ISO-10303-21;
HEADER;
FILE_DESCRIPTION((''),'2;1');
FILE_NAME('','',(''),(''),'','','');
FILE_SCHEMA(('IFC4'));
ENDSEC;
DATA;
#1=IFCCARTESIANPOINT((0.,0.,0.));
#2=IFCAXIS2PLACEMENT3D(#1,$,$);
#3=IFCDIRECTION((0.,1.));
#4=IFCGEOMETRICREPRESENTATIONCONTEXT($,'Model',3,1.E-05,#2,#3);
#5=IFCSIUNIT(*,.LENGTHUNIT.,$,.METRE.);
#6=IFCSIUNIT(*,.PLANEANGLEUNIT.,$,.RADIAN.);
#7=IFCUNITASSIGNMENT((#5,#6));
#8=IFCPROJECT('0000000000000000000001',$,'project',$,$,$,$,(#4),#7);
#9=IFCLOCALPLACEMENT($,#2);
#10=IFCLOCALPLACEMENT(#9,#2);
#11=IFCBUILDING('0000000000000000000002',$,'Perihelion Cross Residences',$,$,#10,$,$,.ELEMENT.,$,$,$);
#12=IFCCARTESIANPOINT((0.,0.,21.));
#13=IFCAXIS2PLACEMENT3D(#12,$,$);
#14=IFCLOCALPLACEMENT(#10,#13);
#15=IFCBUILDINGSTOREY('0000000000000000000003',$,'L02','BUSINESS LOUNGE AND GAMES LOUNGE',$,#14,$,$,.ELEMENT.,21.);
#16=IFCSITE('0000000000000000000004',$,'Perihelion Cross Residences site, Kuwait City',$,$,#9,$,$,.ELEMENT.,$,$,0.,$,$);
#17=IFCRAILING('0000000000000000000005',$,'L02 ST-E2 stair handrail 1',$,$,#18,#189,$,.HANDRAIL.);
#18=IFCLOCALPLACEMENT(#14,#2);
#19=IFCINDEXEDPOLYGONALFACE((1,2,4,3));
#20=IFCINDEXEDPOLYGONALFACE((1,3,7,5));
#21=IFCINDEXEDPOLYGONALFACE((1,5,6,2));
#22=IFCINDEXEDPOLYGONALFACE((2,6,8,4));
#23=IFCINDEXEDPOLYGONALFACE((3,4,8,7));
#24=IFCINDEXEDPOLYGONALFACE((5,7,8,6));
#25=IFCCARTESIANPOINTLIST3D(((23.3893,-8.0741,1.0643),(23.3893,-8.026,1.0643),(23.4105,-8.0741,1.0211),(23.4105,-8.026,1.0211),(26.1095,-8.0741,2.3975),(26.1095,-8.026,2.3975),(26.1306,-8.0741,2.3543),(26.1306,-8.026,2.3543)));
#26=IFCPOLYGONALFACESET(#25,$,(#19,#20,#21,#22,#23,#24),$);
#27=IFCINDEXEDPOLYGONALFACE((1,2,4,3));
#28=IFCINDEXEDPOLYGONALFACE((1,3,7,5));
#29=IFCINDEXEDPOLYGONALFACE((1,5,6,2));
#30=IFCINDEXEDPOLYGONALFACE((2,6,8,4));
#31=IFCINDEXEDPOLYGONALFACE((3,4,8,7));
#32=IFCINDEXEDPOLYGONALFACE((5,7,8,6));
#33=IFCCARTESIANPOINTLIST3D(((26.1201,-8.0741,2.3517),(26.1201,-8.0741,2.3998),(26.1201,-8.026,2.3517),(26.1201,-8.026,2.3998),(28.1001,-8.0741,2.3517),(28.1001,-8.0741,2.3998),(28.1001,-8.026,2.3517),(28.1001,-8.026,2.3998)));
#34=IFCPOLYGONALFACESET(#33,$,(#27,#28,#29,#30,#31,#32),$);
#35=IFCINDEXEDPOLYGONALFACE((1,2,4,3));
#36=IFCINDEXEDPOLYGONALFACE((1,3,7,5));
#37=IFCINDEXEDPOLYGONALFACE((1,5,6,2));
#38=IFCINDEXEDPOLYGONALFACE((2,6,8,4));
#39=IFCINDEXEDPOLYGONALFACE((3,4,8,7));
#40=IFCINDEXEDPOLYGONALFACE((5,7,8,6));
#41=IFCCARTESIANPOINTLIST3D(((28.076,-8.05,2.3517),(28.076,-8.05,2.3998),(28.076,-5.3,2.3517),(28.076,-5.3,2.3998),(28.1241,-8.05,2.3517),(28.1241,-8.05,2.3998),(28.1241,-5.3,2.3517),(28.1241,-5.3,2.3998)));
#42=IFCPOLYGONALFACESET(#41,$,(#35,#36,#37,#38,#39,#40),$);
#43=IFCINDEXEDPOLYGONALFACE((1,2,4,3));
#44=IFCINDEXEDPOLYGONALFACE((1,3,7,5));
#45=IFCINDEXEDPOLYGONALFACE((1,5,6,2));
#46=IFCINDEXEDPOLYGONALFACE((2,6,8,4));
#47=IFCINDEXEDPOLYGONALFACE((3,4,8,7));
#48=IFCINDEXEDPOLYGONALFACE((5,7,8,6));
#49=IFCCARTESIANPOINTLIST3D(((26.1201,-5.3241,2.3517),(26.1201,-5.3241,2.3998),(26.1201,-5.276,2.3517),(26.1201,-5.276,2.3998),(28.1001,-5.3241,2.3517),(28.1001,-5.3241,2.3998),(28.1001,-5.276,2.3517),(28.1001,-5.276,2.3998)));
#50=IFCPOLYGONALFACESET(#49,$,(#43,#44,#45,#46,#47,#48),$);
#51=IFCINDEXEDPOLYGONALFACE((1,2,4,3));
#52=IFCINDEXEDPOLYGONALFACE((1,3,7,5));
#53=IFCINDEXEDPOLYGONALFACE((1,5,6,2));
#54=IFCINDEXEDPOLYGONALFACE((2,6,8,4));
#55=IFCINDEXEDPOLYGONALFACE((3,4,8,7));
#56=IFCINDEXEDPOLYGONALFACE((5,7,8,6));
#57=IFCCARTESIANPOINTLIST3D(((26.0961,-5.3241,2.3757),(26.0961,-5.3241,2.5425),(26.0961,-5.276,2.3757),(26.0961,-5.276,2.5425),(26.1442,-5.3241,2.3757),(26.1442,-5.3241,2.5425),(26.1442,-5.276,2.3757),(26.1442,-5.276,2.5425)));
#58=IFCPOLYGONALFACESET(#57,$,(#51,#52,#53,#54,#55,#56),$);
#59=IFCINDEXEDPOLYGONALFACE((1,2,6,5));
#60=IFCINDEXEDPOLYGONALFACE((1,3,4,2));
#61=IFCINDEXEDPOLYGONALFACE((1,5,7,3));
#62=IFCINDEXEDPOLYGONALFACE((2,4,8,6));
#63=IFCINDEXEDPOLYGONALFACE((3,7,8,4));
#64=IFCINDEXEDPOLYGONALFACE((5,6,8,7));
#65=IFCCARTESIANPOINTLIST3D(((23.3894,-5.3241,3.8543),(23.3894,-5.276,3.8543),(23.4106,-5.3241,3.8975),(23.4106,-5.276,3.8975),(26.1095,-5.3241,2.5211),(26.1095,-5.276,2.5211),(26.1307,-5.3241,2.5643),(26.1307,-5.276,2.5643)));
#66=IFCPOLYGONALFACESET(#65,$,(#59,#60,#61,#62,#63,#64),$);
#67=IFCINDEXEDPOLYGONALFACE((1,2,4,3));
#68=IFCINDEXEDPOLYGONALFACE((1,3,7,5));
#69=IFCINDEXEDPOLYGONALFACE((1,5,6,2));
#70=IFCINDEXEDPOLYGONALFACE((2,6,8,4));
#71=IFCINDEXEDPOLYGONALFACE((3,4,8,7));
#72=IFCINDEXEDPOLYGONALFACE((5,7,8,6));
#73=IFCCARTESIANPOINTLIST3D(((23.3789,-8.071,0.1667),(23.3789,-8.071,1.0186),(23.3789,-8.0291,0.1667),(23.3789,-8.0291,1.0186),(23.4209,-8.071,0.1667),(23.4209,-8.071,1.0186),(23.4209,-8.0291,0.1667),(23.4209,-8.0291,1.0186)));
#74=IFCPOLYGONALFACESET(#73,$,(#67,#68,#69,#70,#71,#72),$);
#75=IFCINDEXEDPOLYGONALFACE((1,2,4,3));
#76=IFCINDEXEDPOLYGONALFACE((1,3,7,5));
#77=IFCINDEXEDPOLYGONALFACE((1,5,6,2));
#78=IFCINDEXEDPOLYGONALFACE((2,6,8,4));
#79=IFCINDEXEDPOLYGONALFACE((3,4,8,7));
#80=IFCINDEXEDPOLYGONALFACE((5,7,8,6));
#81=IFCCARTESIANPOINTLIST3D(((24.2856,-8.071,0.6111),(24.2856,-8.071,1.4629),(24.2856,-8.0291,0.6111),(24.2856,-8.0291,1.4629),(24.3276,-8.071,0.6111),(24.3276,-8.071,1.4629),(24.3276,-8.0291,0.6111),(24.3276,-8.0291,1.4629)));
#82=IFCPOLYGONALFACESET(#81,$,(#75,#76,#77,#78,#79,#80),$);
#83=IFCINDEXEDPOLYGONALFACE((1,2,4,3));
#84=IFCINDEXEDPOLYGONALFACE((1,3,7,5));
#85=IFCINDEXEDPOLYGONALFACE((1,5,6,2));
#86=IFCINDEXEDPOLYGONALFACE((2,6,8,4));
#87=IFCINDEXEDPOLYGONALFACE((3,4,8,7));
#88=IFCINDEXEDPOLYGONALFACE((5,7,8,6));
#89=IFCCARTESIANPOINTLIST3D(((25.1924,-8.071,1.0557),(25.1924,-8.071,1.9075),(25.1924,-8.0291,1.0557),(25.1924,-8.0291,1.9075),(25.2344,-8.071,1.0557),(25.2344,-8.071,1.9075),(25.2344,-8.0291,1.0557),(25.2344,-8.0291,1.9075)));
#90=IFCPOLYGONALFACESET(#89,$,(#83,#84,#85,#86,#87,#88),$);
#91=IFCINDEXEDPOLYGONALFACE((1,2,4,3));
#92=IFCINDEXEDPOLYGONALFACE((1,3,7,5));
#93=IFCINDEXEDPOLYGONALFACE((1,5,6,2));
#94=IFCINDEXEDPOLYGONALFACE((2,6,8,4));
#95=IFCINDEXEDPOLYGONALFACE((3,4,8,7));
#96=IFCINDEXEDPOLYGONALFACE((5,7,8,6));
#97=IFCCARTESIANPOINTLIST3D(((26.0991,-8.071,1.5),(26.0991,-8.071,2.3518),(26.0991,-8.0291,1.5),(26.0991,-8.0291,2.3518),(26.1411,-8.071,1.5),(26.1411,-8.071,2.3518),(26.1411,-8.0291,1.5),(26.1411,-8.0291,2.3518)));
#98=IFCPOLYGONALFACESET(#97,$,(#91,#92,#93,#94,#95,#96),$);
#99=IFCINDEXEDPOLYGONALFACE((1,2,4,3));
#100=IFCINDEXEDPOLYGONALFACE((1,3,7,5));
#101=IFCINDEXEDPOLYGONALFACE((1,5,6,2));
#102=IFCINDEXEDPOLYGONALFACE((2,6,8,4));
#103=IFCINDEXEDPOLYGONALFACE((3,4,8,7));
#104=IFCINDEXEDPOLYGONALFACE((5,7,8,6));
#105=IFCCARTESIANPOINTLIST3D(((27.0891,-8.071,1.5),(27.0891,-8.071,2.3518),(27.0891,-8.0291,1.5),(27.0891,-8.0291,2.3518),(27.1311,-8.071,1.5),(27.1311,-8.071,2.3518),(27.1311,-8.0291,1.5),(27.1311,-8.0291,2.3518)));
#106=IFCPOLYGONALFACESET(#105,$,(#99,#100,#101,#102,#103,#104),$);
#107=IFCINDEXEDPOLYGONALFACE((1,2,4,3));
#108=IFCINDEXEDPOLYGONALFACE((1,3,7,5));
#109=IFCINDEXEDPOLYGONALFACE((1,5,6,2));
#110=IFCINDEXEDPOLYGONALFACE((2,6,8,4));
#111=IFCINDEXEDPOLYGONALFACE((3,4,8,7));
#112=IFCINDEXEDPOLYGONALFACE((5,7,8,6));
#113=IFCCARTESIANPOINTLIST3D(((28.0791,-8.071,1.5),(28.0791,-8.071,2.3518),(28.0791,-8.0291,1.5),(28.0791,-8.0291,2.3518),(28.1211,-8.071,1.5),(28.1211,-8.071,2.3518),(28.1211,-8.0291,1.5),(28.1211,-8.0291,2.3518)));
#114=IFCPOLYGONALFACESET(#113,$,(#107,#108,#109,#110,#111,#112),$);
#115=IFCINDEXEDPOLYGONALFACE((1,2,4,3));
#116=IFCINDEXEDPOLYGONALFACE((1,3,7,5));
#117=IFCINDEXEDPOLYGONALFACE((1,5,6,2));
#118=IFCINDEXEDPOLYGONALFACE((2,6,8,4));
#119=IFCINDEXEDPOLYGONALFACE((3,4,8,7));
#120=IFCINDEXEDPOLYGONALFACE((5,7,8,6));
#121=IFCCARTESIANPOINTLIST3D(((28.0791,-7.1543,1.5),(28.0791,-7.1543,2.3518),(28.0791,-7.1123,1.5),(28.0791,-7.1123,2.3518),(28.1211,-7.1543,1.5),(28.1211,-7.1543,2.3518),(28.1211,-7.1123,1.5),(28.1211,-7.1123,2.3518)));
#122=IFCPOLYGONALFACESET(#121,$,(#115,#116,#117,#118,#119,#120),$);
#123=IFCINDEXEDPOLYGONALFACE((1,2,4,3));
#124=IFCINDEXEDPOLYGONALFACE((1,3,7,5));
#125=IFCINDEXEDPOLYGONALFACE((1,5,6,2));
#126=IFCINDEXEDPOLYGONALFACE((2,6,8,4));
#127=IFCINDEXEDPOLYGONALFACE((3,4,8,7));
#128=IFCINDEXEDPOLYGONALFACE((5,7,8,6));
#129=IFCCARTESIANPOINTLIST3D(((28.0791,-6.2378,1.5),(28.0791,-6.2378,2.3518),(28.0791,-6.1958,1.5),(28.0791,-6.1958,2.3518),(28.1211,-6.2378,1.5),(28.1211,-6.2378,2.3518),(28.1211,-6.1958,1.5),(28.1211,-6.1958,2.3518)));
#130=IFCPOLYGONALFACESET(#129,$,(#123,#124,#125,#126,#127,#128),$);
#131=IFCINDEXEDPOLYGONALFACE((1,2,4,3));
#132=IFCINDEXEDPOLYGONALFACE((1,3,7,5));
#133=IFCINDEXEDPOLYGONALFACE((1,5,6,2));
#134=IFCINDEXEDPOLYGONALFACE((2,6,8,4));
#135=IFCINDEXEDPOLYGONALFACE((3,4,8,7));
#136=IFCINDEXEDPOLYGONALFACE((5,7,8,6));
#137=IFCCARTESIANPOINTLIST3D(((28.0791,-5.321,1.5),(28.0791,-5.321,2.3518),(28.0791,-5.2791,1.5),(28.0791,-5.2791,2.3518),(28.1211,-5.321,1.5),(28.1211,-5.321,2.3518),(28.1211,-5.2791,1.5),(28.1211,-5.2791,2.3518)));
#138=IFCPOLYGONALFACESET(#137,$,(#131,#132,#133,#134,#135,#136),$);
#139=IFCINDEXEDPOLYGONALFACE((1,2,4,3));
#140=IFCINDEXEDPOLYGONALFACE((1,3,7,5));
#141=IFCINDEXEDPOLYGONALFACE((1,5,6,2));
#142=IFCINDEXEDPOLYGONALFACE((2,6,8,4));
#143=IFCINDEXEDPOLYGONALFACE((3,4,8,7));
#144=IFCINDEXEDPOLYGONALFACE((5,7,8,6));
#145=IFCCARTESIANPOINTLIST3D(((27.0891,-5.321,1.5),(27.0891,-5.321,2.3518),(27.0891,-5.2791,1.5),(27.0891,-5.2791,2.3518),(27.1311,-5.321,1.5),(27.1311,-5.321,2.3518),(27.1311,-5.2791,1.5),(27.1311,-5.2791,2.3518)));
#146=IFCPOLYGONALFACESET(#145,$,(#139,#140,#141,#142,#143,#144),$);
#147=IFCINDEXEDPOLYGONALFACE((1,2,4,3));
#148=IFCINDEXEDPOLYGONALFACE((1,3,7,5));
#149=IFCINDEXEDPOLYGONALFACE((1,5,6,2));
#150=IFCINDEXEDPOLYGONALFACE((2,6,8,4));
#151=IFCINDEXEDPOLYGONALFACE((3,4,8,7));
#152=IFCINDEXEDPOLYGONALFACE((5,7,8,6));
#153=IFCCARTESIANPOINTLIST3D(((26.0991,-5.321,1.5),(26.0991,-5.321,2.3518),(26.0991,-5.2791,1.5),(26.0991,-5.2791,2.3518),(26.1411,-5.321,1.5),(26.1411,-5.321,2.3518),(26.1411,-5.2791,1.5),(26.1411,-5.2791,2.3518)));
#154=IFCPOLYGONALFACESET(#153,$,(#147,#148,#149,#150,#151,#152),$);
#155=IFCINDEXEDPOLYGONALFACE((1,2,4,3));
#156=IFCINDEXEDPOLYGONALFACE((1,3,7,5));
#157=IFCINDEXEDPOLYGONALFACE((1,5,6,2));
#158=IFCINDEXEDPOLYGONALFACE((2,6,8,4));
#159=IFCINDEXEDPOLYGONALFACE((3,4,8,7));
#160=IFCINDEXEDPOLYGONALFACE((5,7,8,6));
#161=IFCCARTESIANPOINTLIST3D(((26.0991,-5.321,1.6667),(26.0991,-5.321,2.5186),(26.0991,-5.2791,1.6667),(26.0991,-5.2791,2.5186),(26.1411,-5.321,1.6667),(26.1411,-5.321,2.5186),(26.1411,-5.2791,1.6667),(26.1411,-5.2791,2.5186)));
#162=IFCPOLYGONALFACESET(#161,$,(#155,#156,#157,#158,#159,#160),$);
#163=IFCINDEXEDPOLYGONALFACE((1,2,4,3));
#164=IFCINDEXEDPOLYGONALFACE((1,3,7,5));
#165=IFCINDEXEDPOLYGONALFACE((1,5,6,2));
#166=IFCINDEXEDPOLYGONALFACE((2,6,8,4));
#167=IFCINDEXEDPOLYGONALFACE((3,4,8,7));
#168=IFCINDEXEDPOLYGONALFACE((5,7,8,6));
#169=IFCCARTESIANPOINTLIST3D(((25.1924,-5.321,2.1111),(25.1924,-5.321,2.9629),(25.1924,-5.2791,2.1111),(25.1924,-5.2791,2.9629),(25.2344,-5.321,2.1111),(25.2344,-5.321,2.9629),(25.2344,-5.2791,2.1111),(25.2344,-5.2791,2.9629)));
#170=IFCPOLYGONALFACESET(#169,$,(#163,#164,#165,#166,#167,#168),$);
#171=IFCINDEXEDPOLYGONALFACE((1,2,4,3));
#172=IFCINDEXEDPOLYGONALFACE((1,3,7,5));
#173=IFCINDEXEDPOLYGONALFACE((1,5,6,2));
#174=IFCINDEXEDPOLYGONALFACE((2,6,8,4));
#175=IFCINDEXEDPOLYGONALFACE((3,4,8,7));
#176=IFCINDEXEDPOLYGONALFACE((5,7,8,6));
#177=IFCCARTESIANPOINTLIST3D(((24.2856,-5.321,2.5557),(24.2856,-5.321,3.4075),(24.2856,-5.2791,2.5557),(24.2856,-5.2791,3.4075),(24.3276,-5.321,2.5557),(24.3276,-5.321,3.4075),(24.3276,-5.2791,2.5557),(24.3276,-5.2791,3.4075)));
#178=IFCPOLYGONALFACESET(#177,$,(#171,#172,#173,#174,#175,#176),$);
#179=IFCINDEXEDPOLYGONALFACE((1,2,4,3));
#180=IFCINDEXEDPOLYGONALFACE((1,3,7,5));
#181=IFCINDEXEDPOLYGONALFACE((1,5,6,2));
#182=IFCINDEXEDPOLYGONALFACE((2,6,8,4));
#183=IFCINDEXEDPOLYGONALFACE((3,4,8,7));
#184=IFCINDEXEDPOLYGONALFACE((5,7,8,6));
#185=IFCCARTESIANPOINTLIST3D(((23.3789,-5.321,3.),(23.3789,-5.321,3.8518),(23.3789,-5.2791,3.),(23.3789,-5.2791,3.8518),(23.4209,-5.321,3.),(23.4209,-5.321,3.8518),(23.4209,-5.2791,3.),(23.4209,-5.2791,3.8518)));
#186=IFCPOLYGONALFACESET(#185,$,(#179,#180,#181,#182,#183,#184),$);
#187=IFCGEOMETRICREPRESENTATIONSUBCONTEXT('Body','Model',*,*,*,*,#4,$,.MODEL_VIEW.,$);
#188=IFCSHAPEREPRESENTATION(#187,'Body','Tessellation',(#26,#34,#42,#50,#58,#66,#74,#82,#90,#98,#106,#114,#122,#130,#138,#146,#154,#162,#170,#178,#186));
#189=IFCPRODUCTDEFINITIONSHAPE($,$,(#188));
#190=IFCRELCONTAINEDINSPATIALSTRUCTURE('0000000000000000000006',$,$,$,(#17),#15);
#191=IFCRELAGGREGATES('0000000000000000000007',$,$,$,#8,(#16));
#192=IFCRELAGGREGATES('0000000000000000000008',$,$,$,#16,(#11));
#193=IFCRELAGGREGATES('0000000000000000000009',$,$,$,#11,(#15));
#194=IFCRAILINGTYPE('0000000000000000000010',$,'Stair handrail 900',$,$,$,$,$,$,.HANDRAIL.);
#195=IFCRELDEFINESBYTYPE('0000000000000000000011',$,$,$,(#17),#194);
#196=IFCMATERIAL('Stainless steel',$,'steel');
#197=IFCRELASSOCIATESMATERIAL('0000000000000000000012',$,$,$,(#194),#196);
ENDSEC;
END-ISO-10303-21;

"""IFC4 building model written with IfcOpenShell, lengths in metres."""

from ifc_helpers import new_model, si_unit, direction, frame, origin, origin_2d, place, context, subcontext, project, spatial, rectangle, extrude, material, type_object, element, save


model = new_model("IFC4")

# Units and contexts
model_context = context("Model", 3, precision=1e-05, world=origin(), true_north=direction((0.0, 1.0)))
body_context = subcontext(model_context, "Body", "Model", "MODEL_VIEW")
ifc_project = project(units=[si_unit("LENGTHUNIT", "METRE"), si_unit("PLANEANGLEUNIT", "RADIAN")], contexts=[model_context])

# Site, building, storey
site_placement = place(None, origin())
site = spatial("IfcSite", under=ifc_project, at=site_placement, Name="Perihelion Cross Residences site, Kuwait City", CompositionType="ELEMENT", RefElevation=0.0)
building_placement = place(site_placement, origin())
building = spatial("IfcBuilding", under=site, at=building_placement, Name="Perihelion Cross Residences", CompositionType="ELEMENT")
storey_placement = place(building_placement, frame((0.0, 0.0, 21.0)))
storey = spatial("IfcBuildingStorey", under=building, at=storey_placement, Name="L02", Description="BUSINESS LOUNGE AND GAMES LOUNGE", CompositionType="ELEMENT", Elevation=21.0)

# Railing
ifc_material_1 = material(Name="Stainless steel", Category="steel")
railing_type_1 = type_object("IfcRailingType", Name="Stair handrail 900", PredefinedType="HANDRAIL", material=ifc_material_1)
railing_1_placement = place(storey_placement, frame((23.3999, -8.05, 0.1667)))
element("IfcRailing", 1, at=railing_1_placement, inside=storey, type_object=railing_type_1, Name="L02 ST-E2 stair handrail 1", PredefinedType="HANDRAIL", context=body_context, shape_type="SweptSolid", body=[
    extrude(rectangle(XDim=0.0481, YDim=0.0481, at=origin_2d()), frame((0.0, 0.0, 0.876), z_axis=(0.897945, 0.0, 0.440108), x_axis=(0.0, 1.0, 0.0)), (0.0, 0.0, 1.0), 3.0293),
    extrude(rectangle(XDim=0.0481, YDim=0.0481, at=origin_2d()), frame((2.7202, 0.0, 2.209), z_axis=(1.0, 0.0, 0.0), x_axis=(0.0, 1.0, 0.0)), (0.0, 0.0, 1.0), 1.98),
    extrude(rectangle(XDim=0.0481, YDim=0.0481, at=origin_2d()), frame((4.7002, 0.0, 2.209), z_axis=(0.0, 1.0, 0.0), x_axis=(-1.0, 0.0, 0.0)), (0.0, 0.0, 1.0), 2.75),
    extrude(rectangle(XDim=0.0481, YDim=0.0481, at=origin_2d()), frame((4.7002, 2.75, 2.209), z_axis=(-1.0, 0.0, 0.0), x_axis=(0.0, -1.0, 0.0)), (0.0, 0.0, 1.0), 1.98),
    extrude(rectangle(XDim=0.0481, YDim=0.0481, at=origin_2d()), frame((2.7202, 2.75, 2.209), z_axis=(0.0, 0.0, 1.0), x_axis=(1.0, 0.0, 0.0)), (0.0, 0.0, 1.0), 0.1667),
    extrude(rectangle(XDim=0.0481, YDim=0.0481, at=origin_2d()), frame((2.7202, 2.75, 2.376), z_axis=(-0.897945, 0.0, 0.440108), x_axis=(0.0, -1.0, 0.0)), (0.0, 0.0, 1.0), 3.0293),
    extrude(rectangle(XDim=0.042, YDim=0.042, at=origin_2d()), origin(), (0.0, 0.0, 1.0), 0.8518),
    extrude(rectangle(XDim=0.042, YDim=0.042, at=origin_2d()), frame((0.9067, 0.0, 0.4443)), (0.0, 0.0, 1.0), 0.8518),
    extrude(rectangle(XDim=0.042, YDim=0.042, at=origin_2d()), frame((1.8135, 0.0, 0.8889)), (0.0, 0.0, 1.0), 0.8518),
    extrude(rectangle(XDim=0.042, YDim=0.042, at=origin_2d()), frame((2.7202, 0.0, 1.3333)), (0.0, 0.0, 1.0), 0.8518),
    extrude(rectangle(XDim=0.042, YDim=0.042, at=origin_2d()), frame((3.7102, 0.0, 1.3333)), (0.0, 0.0, 1.0), 0.8518),
    extrude(rectangle(XDim=0.042, YDim=0.042, at=origin_2d()), frame((4.7002, 0.0, 1.3333)), (0.0, 0.0, 1.0), 0.8518),
    extrude(rectangle(XDim=0.042, YDim=0.042, at=origin_2d()), frame((4.7002, 0.9167, 1.3333)), (0.0, 0.0, 1.0), 0.8518),
    extrude(rectangle(XDim=0.042, YDim=0.042, at=origin_2d()), frame((4.7002, 1.8333, 1.3333)), (0.0, 0.0, 1.0), 0.8518),
    extrude(rectangle(XDim=0.042, YDim=0.042, at=origin_2d()), frame((4.7002, 2.75, 1.3333)), (0.0, 0.0, 1.0), 0.8518),
    extrude(rectangle(XDim=0.042, YDim=0.042, at=origin_2d()), frame((3.7102, 2.75, 1.3333)), (0.0, 0.0, 1.0), 0.8518),
    extrude(rectangle(XDim=0.042, YDim=0.042, at=origin_2d()), frame((2.7202, 2.75, 1.3333)), (0.0, 0.0, 1.0), 0.8518),
    extrude(rectangle(XDim=0.042, YDim=0.042, at=origin_2d()), frame((2.7202, 2.75, 1.5)), (0.0, 0.0, 1.0), 0.8518),
    extrude(rectangle(XDim=0.042, YDim=0.042, at=origin_2d()), frame((1.8135, 2.75, 1.9443)), (0.0, 0.0, 1.0), 0.8518),
    extrude(rectangle(XDim=0.042, YDim=0.042, at=origin_2d()), frame((0.9067, 2.75, 2.3889)), (0.0, 0.0, 1.0), 0.8518),
    extrude(rectangle(XDim=0.042, YDim=0.042, at=origin_2d()), frame((0.0, 2.75, 2.8333)), (0.0, 0.0, 1.0), 0.8518),
])

save(model, "model.ifc")
